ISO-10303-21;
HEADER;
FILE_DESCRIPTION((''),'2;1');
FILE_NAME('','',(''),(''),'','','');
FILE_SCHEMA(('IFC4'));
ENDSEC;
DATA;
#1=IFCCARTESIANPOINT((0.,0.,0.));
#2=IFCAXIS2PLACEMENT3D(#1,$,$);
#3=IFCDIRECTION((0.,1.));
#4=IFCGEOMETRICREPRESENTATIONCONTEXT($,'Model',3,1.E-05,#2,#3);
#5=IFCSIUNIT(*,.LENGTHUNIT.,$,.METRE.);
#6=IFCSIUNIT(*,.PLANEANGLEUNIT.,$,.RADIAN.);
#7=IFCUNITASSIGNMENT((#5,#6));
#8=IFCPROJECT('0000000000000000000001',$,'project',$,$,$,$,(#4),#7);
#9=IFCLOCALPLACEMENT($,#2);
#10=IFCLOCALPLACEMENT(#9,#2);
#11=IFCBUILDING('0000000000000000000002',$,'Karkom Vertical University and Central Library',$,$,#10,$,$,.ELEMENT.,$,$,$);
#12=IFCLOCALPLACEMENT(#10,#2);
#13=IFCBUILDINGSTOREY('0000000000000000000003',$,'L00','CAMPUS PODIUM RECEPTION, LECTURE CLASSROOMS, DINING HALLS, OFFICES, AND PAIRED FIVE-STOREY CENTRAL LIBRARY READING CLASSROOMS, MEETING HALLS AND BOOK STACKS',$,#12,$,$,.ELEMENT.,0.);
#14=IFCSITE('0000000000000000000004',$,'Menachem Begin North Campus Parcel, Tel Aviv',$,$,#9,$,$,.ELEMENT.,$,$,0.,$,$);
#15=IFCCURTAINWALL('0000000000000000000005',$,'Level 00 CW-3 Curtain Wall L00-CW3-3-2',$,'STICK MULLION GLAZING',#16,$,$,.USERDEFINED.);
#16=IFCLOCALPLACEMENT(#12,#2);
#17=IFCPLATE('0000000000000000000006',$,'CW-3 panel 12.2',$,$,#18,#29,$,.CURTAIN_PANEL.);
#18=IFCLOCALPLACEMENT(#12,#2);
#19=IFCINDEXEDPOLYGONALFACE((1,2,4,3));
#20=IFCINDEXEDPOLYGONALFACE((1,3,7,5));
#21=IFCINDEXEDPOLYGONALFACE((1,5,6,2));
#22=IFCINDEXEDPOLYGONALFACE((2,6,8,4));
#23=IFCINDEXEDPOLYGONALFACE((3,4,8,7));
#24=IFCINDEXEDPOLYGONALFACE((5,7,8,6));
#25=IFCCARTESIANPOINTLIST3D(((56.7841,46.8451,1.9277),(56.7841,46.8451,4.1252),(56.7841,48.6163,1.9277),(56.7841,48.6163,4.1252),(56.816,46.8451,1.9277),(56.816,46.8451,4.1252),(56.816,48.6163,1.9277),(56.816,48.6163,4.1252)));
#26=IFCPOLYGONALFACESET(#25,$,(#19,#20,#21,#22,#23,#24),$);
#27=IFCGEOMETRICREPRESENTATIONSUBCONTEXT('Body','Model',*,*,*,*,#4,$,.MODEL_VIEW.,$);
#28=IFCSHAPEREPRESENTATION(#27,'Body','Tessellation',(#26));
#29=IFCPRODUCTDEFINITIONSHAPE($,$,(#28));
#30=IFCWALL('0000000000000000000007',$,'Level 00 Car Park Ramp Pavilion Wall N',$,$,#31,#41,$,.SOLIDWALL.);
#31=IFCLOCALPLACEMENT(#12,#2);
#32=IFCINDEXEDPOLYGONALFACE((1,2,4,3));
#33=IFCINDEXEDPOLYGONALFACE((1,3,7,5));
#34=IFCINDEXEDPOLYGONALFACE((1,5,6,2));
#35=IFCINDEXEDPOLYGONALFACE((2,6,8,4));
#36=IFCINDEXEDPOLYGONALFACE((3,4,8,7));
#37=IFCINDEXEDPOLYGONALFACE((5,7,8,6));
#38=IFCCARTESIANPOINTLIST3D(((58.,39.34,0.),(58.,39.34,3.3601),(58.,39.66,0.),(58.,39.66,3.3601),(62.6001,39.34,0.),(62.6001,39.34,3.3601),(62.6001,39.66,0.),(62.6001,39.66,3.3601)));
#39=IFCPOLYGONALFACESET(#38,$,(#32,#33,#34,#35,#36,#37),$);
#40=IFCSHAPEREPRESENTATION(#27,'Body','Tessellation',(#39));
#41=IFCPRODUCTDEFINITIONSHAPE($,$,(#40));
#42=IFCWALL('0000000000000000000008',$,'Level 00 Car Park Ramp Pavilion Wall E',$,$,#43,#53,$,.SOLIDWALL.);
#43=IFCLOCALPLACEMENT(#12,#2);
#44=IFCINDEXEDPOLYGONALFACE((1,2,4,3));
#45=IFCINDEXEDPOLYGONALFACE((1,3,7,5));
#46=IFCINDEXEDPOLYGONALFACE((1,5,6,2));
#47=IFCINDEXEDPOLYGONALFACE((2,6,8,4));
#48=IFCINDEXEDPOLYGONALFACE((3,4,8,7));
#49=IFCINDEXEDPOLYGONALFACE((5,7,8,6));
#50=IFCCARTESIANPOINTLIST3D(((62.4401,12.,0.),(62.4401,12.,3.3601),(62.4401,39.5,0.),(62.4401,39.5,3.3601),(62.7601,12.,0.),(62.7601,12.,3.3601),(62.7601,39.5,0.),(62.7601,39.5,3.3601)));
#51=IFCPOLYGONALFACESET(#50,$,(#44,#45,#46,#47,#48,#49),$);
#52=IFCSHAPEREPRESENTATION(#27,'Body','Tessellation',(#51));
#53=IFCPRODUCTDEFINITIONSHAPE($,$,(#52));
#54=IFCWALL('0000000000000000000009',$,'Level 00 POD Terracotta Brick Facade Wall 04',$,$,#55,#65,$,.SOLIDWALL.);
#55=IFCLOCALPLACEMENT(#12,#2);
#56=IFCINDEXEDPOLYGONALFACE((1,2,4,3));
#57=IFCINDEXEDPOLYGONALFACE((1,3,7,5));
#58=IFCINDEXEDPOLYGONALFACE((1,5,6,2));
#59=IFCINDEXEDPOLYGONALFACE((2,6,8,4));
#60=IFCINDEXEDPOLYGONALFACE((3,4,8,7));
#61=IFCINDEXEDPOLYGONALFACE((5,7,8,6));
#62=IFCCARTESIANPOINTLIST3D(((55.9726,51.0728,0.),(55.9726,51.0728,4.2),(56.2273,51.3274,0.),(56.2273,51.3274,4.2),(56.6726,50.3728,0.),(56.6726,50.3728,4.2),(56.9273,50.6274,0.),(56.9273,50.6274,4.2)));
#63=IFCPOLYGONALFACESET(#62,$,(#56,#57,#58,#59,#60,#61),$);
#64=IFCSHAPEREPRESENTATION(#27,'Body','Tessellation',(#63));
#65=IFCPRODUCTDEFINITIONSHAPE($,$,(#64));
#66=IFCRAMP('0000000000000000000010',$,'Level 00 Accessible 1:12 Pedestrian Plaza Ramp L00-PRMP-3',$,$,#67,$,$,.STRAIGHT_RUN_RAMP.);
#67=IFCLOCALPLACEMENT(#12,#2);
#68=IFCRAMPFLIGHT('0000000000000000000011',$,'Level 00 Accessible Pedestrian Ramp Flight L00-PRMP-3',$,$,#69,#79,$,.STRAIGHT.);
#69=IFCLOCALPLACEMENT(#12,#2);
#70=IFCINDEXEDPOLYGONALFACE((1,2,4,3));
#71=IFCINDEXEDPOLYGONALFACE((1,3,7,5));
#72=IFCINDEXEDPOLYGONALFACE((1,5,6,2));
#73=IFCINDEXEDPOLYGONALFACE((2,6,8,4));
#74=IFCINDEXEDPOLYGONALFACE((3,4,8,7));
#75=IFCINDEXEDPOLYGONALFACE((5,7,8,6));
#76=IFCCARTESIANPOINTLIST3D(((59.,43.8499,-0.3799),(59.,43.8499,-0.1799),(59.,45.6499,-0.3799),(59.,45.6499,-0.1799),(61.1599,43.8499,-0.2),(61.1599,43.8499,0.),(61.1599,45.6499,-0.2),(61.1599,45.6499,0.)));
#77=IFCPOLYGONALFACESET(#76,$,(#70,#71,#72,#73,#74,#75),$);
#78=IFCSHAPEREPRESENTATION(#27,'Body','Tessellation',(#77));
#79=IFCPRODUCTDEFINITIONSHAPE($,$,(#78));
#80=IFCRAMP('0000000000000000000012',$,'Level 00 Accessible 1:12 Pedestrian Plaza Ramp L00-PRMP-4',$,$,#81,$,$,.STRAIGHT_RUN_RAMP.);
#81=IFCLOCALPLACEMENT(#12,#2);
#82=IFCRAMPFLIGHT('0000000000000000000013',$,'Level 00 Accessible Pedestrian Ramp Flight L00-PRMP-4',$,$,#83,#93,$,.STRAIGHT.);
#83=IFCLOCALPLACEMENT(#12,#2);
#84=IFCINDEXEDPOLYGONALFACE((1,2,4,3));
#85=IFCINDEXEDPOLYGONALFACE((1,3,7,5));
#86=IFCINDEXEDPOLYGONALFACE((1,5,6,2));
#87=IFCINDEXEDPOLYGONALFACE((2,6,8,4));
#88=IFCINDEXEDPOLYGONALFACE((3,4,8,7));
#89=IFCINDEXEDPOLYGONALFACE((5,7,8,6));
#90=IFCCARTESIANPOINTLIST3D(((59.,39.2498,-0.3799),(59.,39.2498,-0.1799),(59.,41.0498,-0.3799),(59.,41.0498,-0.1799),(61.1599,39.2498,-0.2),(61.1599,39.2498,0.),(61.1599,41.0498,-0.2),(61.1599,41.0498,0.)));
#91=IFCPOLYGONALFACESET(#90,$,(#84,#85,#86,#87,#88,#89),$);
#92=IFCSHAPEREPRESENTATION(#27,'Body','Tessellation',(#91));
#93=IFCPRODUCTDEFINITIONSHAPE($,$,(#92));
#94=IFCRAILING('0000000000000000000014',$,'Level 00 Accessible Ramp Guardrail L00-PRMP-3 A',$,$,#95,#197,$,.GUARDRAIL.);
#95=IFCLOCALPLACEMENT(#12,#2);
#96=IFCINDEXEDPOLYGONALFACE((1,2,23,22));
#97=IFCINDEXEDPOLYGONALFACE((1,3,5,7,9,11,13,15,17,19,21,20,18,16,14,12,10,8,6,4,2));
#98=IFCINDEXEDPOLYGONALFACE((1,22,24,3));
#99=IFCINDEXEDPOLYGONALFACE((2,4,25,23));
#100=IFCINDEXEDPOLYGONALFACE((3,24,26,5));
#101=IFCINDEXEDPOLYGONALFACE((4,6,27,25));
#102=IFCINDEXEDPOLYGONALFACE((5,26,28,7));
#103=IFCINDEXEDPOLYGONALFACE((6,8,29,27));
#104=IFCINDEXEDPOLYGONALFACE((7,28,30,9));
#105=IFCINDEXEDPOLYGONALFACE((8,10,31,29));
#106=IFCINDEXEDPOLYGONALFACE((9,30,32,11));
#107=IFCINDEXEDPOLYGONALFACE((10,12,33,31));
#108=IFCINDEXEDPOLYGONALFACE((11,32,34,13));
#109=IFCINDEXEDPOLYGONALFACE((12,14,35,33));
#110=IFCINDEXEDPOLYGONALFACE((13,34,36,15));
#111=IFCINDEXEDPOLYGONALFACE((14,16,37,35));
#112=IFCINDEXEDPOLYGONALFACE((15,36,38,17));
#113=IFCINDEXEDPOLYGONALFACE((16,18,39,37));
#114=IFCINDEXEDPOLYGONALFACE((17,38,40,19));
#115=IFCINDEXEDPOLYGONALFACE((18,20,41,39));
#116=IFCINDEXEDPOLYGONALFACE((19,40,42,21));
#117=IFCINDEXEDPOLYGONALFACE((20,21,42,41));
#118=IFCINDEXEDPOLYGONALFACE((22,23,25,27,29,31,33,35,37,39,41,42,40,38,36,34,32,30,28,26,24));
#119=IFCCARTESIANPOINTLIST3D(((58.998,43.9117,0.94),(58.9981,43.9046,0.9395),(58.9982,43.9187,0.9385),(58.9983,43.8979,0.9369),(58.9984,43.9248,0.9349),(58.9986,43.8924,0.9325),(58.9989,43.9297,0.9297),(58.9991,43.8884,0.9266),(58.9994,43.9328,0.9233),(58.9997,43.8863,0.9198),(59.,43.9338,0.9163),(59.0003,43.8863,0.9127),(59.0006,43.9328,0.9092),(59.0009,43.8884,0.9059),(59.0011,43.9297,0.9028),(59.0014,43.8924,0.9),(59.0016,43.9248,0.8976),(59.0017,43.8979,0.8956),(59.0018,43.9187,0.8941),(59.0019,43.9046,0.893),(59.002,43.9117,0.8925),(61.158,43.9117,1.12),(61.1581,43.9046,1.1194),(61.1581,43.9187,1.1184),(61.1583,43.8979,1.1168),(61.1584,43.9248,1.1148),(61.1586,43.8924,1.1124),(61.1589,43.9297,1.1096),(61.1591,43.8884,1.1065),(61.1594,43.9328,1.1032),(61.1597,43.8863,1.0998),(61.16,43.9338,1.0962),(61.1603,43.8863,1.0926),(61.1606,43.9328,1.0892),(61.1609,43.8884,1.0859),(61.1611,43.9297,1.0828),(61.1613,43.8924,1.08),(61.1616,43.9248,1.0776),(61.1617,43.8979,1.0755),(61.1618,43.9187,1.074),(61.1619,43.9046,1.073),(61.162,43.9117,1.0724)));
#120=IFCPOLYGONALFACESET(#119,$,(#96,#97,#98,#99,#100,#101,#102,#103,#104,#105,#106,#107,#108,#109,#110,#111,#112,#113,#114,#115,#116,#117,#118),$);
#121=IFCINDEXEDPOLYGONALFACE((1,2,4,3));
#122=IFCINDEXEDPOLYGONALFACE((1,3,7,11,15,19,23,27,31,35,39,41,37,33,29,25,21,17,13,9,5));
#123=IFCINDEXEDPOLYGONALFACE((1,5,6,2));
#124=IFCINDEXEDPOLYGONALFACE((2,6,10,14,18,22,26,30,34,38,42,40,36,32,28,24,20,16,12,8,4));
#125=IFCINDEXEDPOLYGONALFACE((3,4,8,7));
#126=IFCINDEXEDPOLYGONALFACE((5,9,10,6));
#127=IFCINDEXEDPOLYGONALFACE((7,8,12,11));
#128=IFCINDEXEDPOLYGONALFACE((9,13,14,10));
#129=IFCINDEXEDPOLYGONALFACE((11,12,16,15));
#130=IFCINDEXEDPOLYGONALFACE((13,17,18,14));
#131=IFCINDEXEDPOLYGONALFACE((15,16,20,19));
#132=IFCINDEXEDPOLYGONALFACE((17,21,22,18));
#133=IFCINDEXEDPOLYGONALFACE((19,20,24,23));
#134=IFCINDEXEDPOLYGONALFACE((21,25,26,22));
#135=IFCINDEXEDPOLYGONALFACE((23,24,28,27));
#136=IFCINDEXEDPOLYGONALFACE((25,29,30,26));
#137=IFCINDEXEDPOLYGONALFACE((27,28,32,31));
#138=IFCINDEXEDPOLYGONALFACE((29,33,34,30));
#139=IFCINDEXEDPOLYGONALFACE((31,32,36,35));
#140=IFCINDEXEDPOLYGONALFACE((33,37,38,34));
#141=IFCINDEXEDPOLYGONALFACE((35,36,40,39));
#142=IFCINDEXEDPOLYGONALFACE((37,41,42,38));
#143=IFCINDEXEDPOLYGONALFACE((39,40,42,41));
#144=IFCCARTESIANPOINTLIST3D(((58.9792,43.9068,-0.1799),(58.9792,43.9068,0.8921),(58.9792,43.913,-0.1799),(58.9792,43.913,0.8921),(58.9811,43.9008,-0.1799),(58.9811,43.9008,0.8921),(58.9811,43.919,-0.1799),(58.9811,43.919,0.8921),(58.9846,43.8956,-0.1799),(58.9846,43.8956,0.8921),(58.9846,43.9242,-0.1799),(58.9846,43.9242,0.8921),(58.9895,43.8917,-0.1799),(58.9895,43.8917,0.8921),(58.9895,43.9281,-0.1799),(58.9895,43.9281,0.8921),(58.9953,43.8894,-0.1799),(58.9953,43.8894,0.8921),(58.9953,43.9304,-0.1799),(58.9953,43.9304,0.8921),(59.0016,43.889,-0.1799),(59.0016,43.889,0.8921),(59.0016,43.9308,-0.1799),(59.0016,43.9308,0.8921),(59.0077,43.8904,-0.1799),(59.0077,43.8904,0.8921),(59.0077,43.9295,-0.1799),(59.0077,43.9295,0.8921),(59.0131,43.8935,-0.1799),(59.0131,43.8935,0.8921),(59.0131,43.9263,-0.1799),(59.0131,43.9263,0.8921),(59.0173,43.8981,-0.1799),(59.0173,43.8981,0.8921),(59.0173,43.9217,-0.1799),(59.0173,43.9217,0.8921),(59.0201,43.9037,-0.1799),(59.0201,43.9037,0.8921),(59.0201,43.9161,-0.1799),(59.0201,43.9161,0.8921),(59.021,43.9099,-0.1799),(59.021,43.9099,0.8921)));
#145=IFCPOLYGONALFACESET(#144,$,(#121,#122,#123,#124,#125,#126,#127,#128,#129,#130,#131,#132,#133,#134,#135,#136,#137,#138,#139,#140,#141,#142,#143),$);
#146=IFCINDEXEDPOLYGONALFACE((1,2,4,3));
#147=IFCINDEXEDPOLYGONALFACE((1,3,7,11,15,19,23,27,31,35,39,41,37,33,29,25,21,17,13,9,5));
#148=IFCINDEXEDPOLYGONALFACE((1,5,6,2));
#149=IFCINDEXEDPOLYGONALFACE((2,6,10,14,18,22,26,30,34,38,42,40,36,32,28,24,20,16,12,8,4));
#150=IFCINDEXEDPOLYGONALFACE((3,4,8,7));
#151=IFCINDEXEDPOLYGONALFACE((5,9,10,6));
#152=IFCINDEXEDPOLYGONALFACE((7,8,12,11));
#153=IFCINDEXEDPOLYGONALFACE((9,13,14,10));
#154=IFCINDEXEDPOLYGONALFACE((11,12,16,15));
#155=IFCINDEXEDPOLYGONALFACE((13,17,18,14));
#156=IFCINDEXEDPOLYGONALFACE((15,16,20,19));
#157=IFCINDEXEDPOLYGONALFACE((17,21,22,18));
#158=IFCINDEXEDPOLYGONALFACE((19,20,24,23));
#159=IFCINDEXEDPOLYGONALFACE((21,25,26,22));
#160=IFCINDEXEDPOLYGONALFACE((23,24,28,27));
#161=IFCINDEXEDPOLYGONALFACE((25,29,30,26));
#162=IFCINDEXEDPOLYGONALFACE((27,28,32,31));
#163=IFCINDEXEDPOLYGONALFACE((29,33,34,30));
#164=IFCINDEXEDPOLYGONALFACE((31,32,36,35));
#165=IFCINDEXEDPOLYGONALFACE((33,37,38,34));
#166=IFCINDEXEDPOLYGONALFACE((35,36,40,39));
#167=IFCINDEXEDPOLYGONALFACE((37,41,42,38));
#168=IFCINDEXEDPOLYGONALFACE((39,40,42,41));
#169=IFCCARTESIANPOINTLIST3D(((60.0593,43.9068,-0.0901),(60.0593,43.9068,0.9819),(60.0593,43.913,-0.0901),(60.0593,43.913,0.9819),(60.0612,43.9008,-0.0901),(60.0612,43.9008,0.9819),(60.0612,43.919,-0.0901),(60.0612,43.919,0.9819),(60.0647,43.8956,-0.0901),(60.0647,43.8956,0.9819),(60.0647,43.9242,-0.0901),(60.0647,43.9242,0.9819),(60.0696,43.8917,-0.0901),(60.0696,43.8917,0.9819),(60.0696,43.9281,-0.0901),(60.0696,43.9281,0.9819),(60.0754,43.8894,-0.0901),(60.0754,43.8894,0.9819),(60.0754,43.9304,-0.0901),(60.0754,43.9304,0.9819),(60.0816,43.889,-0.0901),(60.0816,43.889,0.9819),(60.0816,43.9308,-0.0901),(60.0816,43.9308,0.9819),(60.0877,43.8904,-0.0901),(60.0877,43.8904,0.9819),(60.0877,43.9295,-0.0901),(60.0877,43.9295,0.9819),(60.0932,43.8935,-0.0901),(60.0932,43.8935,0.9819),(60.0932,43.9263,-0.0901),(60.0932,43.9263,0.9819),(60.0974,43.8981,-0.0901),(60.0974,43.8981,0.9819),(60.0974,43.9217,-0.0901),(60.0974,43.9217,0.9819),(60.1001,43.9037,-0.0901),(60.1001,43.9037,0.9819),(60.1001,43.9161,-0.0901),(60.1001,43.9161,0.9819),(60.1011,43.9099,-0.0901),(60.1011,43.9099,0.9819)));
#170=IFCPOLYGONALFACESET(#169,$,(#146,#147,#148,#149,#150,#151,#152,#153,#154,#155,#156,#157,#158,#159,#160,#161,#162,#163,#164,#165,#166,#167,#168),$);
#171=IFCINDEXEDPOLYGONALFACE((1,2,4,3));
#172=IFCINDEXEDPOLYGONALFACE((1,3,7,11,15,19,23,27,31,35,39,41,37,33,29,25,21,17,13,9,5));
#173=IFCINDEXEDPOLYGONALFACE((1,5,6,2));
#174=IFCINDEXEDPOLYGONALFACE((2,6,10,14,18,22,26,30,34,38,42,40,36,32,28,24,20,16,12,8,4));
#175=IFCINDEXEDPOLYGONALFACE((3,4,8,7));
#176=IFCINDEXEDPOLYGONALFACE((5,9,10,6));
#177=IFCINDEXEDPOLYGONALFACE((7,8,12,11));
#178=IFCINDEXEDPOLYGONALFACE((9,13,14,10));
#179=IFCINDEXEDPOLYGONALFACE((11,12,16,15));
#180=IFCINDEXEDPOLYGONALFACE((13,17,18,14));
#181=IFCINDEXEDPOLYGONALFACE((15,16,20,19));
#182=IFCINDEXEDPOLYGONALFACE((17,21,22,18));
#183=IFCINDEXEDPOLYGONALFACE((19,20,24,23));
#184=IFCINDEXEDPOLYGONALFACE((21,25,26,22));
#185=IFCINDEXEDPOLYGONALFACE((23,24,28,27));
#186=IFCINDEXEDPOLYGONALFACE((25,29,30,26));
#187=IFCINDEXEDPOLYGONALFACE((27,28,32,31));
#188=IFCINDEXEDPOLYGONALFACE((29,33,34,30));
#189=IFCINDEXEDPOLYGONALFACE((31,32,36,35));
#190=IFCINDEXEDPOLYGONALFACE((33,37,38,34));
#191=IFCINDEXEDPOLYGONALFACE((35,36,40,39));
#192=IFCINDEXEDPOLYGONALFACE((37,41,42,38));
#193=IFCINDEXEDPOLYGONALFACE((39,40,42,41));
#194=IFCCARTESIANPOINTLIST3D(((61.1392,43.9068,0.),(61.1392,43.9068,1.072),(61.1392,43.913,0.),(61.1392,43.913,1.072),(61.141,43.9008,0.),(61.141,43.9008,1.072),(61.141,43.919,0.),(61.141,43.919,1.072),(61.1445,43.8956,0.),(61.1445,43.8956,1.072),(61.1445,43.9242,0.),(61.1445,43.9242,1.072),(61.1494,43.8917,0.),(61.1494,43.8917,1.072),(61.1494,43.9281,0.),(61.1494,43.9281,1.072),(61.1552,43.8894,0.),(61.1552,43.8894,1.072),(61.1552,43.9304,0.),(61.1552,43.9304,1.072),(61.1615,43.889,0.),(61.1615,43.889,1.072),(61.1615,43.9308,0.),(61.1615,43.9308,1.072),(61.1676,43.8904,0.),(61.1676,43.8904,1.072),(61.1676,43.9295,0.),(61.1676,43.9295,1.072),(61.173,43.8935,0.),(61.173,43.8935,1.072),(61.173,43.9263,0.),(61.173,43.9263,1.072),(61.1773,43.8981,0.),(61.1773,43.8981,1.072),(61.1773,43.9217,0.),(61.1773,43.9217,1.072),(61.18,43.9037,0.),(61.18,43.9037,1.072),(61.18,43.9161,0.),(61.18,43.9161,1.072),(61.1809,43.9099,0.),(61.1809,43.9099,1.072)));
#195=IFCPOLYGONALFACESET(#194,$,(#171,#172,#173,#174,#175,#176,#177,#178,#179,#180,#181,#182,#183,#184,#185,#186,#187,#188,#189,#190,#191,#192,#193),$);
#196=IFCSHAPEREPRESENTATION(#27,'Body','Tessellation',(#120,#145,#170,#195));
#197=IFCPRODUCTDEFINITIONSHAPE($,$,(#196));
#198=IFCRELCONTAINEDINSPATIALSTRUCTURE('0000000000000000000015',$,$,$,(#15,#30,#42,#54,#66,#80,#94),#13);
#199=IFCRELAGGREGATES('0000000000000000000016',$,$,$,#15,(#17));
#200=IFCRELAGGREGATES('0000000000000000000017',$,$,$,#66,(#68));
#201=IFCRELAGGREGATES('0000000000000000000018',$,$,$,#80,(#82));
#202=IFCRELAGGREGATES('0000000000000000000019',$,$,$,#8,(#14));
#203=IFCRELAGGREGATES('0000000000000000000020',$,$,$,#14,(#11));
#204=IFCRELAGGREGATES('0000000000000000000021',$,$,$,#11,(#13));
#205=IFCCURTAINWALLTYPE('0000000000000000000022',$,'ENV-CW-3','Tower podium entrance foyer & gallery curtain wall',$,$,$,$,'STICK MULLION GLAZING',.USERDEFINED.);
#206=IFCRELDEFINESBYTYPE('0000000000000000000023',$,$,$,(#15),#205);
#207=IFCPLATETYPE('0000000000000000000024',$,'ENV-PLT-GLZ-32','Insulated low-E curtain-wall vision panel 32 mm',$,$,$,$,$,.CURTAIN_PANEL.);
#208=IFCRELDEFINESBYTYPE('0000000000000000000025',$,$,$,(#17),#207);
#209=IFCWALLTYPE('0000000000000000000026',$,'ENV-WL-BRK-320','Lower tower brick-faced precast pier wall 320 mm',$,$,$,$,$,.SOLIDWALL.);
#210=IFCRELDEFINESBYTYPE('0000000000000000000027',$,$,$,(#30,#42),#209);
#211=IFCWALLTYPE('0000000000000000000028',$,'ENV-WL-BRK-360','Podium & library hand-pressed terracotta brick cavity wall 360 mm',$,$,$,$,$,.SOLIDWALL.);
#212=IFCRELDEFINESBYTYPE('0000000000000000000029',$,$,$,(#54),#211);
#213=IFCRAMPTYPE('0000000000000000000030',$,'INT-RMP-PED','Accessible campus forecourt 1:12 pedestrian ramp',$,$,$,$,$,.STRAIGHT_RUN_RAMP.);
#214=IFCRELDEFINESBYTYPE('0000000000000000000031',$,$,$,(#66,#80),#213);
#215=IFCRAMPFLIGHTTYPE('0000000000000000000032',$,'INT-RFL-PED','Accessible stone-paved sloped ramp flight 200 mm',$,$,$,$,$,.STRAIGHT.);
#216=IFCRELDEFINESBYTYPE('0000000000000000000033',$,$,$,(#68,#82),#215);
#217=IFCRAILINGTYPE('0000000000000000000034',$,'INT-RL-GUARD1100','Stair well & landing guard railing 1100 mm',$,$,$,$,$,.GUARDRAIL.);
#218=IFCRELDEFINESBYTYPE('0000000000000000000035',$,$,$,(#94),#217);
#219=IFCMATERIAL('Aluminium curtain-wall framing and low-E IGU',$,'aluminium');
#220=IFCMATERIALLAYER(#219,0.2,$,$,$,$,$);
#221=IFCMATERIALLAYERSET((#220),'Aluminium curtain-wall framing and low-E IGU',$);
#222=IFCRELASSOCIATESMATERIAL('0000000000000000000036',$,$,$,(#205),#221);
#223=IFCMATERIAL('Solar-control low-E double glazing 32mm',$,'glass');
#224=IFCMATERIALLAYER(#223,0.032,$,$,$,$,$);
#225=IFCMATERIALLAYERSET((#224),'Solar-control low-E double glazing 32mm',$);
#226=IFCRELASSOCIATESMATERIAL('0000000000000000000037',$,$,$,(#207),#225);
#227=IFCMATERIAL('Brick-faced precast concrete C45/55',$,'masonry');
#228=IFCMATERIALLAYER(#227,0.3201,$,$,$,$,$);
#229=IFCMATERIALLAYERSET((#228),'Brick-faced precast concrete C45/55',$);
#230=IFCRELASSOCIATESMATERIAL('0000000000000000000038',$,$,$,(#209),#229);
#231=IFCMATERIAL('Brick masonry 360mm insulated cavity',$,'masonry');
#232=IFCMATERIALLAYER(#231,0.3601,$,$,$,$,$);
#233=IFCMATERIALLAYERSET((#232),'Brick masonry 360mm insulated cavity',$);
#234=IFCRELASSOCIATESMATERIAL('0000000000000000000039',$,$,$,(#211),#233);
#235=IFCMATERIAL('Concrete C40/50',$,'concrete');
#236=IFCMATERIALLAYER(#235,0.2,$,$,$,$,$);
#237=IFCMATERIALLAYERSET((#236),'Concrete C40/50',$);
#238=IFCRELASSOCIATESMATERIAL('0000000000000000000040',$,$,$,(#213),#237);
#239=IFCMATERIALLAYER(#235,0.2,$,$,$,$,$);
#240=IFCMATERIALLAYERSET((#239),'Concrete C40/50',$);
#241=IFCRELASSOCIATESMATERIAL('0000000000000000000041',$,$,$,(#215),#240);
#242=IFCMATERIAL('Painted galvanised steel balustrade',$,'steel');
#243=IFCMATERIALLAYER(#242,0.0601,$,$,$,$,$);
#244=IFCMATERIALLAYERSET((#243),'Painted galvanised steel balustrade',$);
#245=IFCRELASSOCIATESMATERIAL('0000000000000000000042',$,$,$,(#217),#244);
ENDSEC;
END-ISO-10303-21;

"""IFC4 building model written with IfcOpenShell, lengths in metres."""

from ifc_helpers import new_model, si_unit, direction, frame, frame_2d, origin, origin_with_axes, origin_2d, place, context, subcontext, project, spatial, polyline, rectangle, circle, outline, extrude, source, transform, mapped, material, layer, layer_set, type_object, element, aggregate, save


model = new_model("IFC4")

# Units and contexts
model_context = context("Model", 3, precision=1e-05, world=origin(), true_north=direction((0.0, 1.0)))
body_context = subcontext(model_context, "Body", "Model", "MODEL_VIEW")
ifc_project = project(units=[si_unit("LENGTHUNIT", "METRE"), si_unit("PLANEANGLEUNIT", "RADIAN")], contexts=[model_context])

# Site, building, storey
site_placement = place(None, origin())
site = spatial("IfcSite", under=ifc_project, at=site_placement, Name="Menachem Begin North Campus Parcel, Tel Aviv", CompositionType="ELEMENT", RefElevation=0.0)
building_placement = place(site_placement, origin())
building = spatial("IfcBuilding", under=site, at=building_placement, Name="Karkom Vertical University and Central Library", CompositionType="ELEMENT")
storey_placement = place(building_placement, origin())
storey = spatial("IfcBuildingStorey", under=building, at=storey_placement, Name="L00", Description="CAMPUS PODIUM RECEPTION, LECTURE CLASSROOMS, DINING HALLS, OFFICES, AND PAIRED FIVE-STOREY CENTRAL LIBRARY READING CLASSROOMS, MEETING HALLS AND BOOK STACKS", CompositionType="ELEMENT", Elevation=0.0)

# Shared definitions
ifc_material_1 = material(Name="Concrete C40/50", Category="concrete")

# Curtain wall, plate
ifc_material_2 = material(Name="Aluminium curtain-wall framing and low-E IGU", Category="aluminium")
ifc_layer_1 = layer(ifc_material_2, 0.2)
ifc_layer_set_1 = layer_set([ifc_layer_1], Name="Aluminium curtain-wall framing and low-E IGU")
curtain_wall_type = type_object("IfcCurtainWallType", Name="ENV-CW-3", Description="Tower podium entrance foyer & gallery curtain wall", ElementType="STICK MULLION GLAZING", PredefinedType="USERDEFINED", material=ifc_layer_set_1)
curtain_wall_placement = place(storey_placement, origin())
curtain_wall = element("IfcCurtainWall", 1, at=curtain_wall_placement, inside=storey, type_object=curtain_wall_type, Name="Level 00 CW-3 Curtain Wall L00-CW3-3-2", ObjectType="STICK MULLION GLAZING", PredefinedType="USERDEFINED")
ifc_material_3 = material(Name="Solar-control low-E double glazing 32mm", Category="glass")
ifc_layer_2 = layer(ifc_material_3, 0.032)
ifc_layer_set_2 = layer_set([ifc_layer_2], Name="Solar-control low-E double glazing 32mm")
plate_type = type_object("IfcPlateType", Name="ENV-PLT-GLZ-32", Description="Insulated low-E curtain-wall vision panel 32 mm", PredefinedType="CURTAIN_PANEL", material=ifc_layer_set_2)
shared_shape_1 = source(origin_with_axes(), body_context, "Body", "SweptSolid", [
    extrude(rectangle(XDim=1.7712, YDim=0.032, at=origin_2d()), origin(), (0.0, 0.0, 1.0), 2.1975),
])
plate_1_placement = place(storey_placement, frame((56.8, 47.7307, 1.9277), z_axis=(0.0, 0.0, 1.0), x_axis=(0.0, 1.0, 0.0)))
plate_1 = element("IfcPlate", 2, at=plate_1_placement, type_object=plate_type, Name="CW-3 panel 12.2", PredefinedType="CURTAIN_PANEL", context=body_context, shape_type="MappedRepresentation", body=[
    mapped(shared_shape_1, transform((0.0, 0.0, 0.0), scale=1.0)),
])
aggregate(curtain_wall, [plate_1])

# Walls
ifc_material_4 = material(Name="Brick-faced precast concrete C45/55", Category="masonry")
ifc_layer_3 = layer(ifc_material_4, 0.3201)
ifc_layer_set_3 = layer_set([ifc_layer_3], Name="Brick-faced precast concrete C45/55")
wall_type_1 = type_object("IfcWallType", Name="ENV-WL-BRK-320", Description="Lower tower brick-faced precast pier wall 320 mm", PredefinedType="SOLIDWALL", material=ifc_layer_set_3)
wall_1_placement = place(storey_placement, frame((58.0, 39.5, 0.0), z_axis=(0.0, 0.0, 1.0), x_axis=(1.0, 0.0, 0.0)))
element("IfcWall", 3, at=wall_1_placement, inside=storey, type_object=wall_type_1, Name="Level 00 Car Park Ramp Pavilion Wall N", PredefinedType="SOLIDWALL", context=body_context, shape_type="SweptSolid", body=[
    extrude(rectangle(XDim=4.6001, YDim=0.3201, at=frame_2d((2.3, 0.0))), origin(), (0.0, 0.0, 1.0), 3.3601),
])
wall_2_placement = place(storey_placement, frame((62.6001, 39.5, 0.0), z_axis=(0.0, 0.0, 1.0), x_axis=(0.0, -1.0, 0.0)))
element("IfcWall", 4, at=wall_2_placement, inside=storey, type_object=wall_type_1, Name="Level 00 Car Park Ramp Pavilion Wall E", PredefinedType="SOLIDWALL", context=body_context, shape_type="SweptSolid", body=[
    extrude(rectangle(XDim=27.5, YDim=0.3201, at=frame_2d((13.75, 0.0))), origin(), (0.0, 0.0, 1.0), 3.3601),
])
ifc_material_5 = material(Name="Brick masonry 360mm insulated cavity", Category="masonry")
ifc_layer_4 = layer(ifc_material_5, 0.3601)
ifc_layer_set_4 = layer_set([ifc_layer_4], Name="Brick masonry 360mm insulated cavity")
wall_type_2 = type_object("IfcWallType", Name="ENV-WL-BRK-360", Description="Podium & library hand-pressed terracotta brick cavity wall 360 mm", PredefinedType="SOLIDWALL", material=ifc_layer_set_4)
wall_3_placement = place(storey_placement, frame((56.8, 50.5, 0.0), z_axis=(0.0, 0.0, 1.0), x_axis=(-0.707107, 0.707107, 0.0)))
element("IfcWall", 5, at=wall_3_placement, inside=storey, type_object=wall_type_2, Name="Level 00 POD Terracotta Brick Facade Wall 04", PredefinedType="SOLIDWALL", context=body_context, shape_type="SweptSolid", body=[
    extrude(rectangle(XDim=0.99, YDim=0.3601, at=frame_2d((0.4951, 0.0))), origin(), (0.0, 0.0, 1.0), 4.2),
])

# Ramps, ramp flights
ifc_layer_5 = layer(ifc_material_1, 0.2)
ifc_layer_set_5 = layer_set([ifc_layer_5], Name="Concrete C40/50")
ramp_type = type_object("IfcRampType", Name="INT-RMP-PED", Description="Accessible campus forecourt 1:12 pedestrian ramp", PredefinedType="STRAIGHT_RUN_RAMP", material=ifc_layer_set_5)
ramp_1_placement = place(storey_placement, origin())
ramp_1 = element("IfcRamp", 6, at=ramp_1_placement, inside=storey, type_object=ramp_type, Name="Level 00 Accessible 1:12 Pedestrian Plaza Ramp L00-PRMP-3", PredefinedType="STRAIGHT_RUN_RAMP")
ifc_layer_6 = layer(ifc_material_1, 0.2)
ifc_layer_set_6 = layer_set([ifc_layer_6], Name="Concrete C40/50")
ramp_flight_type = type_object("IfcRampFlightType", Name="INT-RFL-PED", Description="Accessible stone-paved sloped ramp flight 200 mm", PredefinedType="STRAIGHT", material=ifc_layer_set_6)
ramp_flight_1_placement = place(storey_placement, frame((59.0, 44.75, -0.1799), z_axis=(0.0, 0.0, 1.0), x_axis=(1.0, 0.0, 0.0)))
ramp_flight_1 = element("IfcRampFlight", 7, at=ramp_flight_1_placement, type_object=ramp_flight_type, Name="Level 00 Accessible Pedestrian Ramp Flight L00-PRMP-3", PredefinedType="STRAIGHT", context=body_context, shape_type="SweptSolid", body=[
    extrude(outline(polyline([(0.0, 0.0), (2.1599, 0.1799), (2.1599, -0.02), (0.0, -0.2), (0.0, 0.0)])), frame((0.0, 0.8999, 0.0), z_axis=(0.0, -1.0, 0.0), x_axis=(1.0, 0.0, 0.0)), (0.0, 0.0, 1.0), 1.8),
])
aggregate(ramp_1, [ramp_flight_1])
ramp_2_placement = place(storey_placement, origin())
ramp_2 = element("IfcRamp", 8, at=ramp_2_placement, inside=storey, type_object=ramp_type, Name="Level 00 Accessible 1:12 Pedestrian Plaza Ramp L00-PRMP-4", PredefinedType="STRAIGHT_RUN_RAMP")
ramp_flight_2_placement = place(storey_placement, frame((59.0, 40.1499, -0.1799), z_axis=(0.0, 0.0, 1.0), x_axis=(1.0, 0.0, 0.0)))
ramp_flight_2 = element("IfcRampFlight", 9, at=ramp_flight_2_placement, type_object=ramp_flight_type, Name="Level 00 Accessible Pedestrian Ramp Flight L00-PRMP-4", PredefinedType="STRAIGHT", context=body_context, shape_type="SweptSolid", body=[
    extrude(outline(polyline([(0.0, 0.0), (2.1599, 0.1799), (2.1599, -0.02), (0.0, -0.2), (0.0, 0.0)])), frame((0.0, 0.8999, 0.0), z_axis=(0.0, -1.0, 0.0), x_axis=(1.0, 0.0, 0.0)), (0.0, 0.0, 1.0), 1.8),
])
aggregate(ramp_2, [ramp_flight_2])

# Railing
ifc_material_6 = material(Name="Painted galvanised steel balustrade", Category="steel")
ifc_layer_7 = layer(ifc_material_6, 0.0601)
ifc_layer_set_7 = layer_set([ifc_layer_7], Name="Painted galvanised steel balustrade")
railing_type = type_object("IfcRailingType", Name="INT-RL-GUARD1100", Description="Stair well & landing guard railing 1100 mm", PredefinedType="GUARDRAIL", material=ifc_layer_set_7)
for number, where, name in (
    (10, (59.0, 43.9099, -0.1799), "Level 00 Accessible Ramp Guardrail L00-PRMP-3 A"),
):
    element("IfcRailing", number, at=place(storey_placement, frame(where)), inside=storey, type_object=railing_type, Name=name, PredefinedType="GUARDRAIL", context=body_context, shape_type="SweptSolid", body=[
        extrude(circle(Radius=0.0239, at=origin_2d()), frame((0.0, 0.0, 1.0962), z_axis=(0.996548, 0.0, 0.083018), x_axis=(0.0, 1.0, 0.0)), (0.0, 0.0, 1.0), 2.1675),
        extrude(circle(Radius=0.021, at=origin_2d()), origin(), (0.0, 0.0, 1.0), 1.072),
        extrude(circle(Radius=0.021, at=origin_2d()), frame((1.0801, 0.0, 0.0898)), (0.0, 0.0, 1.0), 1.072),
        extrude(circle(Radius=0.021, at=origin_2d()), frame((2.1599, 0.0, 0.1799)), (0.0, 0.0, 1.0), 1.072),
    ])

save(model, "model.ifc")
